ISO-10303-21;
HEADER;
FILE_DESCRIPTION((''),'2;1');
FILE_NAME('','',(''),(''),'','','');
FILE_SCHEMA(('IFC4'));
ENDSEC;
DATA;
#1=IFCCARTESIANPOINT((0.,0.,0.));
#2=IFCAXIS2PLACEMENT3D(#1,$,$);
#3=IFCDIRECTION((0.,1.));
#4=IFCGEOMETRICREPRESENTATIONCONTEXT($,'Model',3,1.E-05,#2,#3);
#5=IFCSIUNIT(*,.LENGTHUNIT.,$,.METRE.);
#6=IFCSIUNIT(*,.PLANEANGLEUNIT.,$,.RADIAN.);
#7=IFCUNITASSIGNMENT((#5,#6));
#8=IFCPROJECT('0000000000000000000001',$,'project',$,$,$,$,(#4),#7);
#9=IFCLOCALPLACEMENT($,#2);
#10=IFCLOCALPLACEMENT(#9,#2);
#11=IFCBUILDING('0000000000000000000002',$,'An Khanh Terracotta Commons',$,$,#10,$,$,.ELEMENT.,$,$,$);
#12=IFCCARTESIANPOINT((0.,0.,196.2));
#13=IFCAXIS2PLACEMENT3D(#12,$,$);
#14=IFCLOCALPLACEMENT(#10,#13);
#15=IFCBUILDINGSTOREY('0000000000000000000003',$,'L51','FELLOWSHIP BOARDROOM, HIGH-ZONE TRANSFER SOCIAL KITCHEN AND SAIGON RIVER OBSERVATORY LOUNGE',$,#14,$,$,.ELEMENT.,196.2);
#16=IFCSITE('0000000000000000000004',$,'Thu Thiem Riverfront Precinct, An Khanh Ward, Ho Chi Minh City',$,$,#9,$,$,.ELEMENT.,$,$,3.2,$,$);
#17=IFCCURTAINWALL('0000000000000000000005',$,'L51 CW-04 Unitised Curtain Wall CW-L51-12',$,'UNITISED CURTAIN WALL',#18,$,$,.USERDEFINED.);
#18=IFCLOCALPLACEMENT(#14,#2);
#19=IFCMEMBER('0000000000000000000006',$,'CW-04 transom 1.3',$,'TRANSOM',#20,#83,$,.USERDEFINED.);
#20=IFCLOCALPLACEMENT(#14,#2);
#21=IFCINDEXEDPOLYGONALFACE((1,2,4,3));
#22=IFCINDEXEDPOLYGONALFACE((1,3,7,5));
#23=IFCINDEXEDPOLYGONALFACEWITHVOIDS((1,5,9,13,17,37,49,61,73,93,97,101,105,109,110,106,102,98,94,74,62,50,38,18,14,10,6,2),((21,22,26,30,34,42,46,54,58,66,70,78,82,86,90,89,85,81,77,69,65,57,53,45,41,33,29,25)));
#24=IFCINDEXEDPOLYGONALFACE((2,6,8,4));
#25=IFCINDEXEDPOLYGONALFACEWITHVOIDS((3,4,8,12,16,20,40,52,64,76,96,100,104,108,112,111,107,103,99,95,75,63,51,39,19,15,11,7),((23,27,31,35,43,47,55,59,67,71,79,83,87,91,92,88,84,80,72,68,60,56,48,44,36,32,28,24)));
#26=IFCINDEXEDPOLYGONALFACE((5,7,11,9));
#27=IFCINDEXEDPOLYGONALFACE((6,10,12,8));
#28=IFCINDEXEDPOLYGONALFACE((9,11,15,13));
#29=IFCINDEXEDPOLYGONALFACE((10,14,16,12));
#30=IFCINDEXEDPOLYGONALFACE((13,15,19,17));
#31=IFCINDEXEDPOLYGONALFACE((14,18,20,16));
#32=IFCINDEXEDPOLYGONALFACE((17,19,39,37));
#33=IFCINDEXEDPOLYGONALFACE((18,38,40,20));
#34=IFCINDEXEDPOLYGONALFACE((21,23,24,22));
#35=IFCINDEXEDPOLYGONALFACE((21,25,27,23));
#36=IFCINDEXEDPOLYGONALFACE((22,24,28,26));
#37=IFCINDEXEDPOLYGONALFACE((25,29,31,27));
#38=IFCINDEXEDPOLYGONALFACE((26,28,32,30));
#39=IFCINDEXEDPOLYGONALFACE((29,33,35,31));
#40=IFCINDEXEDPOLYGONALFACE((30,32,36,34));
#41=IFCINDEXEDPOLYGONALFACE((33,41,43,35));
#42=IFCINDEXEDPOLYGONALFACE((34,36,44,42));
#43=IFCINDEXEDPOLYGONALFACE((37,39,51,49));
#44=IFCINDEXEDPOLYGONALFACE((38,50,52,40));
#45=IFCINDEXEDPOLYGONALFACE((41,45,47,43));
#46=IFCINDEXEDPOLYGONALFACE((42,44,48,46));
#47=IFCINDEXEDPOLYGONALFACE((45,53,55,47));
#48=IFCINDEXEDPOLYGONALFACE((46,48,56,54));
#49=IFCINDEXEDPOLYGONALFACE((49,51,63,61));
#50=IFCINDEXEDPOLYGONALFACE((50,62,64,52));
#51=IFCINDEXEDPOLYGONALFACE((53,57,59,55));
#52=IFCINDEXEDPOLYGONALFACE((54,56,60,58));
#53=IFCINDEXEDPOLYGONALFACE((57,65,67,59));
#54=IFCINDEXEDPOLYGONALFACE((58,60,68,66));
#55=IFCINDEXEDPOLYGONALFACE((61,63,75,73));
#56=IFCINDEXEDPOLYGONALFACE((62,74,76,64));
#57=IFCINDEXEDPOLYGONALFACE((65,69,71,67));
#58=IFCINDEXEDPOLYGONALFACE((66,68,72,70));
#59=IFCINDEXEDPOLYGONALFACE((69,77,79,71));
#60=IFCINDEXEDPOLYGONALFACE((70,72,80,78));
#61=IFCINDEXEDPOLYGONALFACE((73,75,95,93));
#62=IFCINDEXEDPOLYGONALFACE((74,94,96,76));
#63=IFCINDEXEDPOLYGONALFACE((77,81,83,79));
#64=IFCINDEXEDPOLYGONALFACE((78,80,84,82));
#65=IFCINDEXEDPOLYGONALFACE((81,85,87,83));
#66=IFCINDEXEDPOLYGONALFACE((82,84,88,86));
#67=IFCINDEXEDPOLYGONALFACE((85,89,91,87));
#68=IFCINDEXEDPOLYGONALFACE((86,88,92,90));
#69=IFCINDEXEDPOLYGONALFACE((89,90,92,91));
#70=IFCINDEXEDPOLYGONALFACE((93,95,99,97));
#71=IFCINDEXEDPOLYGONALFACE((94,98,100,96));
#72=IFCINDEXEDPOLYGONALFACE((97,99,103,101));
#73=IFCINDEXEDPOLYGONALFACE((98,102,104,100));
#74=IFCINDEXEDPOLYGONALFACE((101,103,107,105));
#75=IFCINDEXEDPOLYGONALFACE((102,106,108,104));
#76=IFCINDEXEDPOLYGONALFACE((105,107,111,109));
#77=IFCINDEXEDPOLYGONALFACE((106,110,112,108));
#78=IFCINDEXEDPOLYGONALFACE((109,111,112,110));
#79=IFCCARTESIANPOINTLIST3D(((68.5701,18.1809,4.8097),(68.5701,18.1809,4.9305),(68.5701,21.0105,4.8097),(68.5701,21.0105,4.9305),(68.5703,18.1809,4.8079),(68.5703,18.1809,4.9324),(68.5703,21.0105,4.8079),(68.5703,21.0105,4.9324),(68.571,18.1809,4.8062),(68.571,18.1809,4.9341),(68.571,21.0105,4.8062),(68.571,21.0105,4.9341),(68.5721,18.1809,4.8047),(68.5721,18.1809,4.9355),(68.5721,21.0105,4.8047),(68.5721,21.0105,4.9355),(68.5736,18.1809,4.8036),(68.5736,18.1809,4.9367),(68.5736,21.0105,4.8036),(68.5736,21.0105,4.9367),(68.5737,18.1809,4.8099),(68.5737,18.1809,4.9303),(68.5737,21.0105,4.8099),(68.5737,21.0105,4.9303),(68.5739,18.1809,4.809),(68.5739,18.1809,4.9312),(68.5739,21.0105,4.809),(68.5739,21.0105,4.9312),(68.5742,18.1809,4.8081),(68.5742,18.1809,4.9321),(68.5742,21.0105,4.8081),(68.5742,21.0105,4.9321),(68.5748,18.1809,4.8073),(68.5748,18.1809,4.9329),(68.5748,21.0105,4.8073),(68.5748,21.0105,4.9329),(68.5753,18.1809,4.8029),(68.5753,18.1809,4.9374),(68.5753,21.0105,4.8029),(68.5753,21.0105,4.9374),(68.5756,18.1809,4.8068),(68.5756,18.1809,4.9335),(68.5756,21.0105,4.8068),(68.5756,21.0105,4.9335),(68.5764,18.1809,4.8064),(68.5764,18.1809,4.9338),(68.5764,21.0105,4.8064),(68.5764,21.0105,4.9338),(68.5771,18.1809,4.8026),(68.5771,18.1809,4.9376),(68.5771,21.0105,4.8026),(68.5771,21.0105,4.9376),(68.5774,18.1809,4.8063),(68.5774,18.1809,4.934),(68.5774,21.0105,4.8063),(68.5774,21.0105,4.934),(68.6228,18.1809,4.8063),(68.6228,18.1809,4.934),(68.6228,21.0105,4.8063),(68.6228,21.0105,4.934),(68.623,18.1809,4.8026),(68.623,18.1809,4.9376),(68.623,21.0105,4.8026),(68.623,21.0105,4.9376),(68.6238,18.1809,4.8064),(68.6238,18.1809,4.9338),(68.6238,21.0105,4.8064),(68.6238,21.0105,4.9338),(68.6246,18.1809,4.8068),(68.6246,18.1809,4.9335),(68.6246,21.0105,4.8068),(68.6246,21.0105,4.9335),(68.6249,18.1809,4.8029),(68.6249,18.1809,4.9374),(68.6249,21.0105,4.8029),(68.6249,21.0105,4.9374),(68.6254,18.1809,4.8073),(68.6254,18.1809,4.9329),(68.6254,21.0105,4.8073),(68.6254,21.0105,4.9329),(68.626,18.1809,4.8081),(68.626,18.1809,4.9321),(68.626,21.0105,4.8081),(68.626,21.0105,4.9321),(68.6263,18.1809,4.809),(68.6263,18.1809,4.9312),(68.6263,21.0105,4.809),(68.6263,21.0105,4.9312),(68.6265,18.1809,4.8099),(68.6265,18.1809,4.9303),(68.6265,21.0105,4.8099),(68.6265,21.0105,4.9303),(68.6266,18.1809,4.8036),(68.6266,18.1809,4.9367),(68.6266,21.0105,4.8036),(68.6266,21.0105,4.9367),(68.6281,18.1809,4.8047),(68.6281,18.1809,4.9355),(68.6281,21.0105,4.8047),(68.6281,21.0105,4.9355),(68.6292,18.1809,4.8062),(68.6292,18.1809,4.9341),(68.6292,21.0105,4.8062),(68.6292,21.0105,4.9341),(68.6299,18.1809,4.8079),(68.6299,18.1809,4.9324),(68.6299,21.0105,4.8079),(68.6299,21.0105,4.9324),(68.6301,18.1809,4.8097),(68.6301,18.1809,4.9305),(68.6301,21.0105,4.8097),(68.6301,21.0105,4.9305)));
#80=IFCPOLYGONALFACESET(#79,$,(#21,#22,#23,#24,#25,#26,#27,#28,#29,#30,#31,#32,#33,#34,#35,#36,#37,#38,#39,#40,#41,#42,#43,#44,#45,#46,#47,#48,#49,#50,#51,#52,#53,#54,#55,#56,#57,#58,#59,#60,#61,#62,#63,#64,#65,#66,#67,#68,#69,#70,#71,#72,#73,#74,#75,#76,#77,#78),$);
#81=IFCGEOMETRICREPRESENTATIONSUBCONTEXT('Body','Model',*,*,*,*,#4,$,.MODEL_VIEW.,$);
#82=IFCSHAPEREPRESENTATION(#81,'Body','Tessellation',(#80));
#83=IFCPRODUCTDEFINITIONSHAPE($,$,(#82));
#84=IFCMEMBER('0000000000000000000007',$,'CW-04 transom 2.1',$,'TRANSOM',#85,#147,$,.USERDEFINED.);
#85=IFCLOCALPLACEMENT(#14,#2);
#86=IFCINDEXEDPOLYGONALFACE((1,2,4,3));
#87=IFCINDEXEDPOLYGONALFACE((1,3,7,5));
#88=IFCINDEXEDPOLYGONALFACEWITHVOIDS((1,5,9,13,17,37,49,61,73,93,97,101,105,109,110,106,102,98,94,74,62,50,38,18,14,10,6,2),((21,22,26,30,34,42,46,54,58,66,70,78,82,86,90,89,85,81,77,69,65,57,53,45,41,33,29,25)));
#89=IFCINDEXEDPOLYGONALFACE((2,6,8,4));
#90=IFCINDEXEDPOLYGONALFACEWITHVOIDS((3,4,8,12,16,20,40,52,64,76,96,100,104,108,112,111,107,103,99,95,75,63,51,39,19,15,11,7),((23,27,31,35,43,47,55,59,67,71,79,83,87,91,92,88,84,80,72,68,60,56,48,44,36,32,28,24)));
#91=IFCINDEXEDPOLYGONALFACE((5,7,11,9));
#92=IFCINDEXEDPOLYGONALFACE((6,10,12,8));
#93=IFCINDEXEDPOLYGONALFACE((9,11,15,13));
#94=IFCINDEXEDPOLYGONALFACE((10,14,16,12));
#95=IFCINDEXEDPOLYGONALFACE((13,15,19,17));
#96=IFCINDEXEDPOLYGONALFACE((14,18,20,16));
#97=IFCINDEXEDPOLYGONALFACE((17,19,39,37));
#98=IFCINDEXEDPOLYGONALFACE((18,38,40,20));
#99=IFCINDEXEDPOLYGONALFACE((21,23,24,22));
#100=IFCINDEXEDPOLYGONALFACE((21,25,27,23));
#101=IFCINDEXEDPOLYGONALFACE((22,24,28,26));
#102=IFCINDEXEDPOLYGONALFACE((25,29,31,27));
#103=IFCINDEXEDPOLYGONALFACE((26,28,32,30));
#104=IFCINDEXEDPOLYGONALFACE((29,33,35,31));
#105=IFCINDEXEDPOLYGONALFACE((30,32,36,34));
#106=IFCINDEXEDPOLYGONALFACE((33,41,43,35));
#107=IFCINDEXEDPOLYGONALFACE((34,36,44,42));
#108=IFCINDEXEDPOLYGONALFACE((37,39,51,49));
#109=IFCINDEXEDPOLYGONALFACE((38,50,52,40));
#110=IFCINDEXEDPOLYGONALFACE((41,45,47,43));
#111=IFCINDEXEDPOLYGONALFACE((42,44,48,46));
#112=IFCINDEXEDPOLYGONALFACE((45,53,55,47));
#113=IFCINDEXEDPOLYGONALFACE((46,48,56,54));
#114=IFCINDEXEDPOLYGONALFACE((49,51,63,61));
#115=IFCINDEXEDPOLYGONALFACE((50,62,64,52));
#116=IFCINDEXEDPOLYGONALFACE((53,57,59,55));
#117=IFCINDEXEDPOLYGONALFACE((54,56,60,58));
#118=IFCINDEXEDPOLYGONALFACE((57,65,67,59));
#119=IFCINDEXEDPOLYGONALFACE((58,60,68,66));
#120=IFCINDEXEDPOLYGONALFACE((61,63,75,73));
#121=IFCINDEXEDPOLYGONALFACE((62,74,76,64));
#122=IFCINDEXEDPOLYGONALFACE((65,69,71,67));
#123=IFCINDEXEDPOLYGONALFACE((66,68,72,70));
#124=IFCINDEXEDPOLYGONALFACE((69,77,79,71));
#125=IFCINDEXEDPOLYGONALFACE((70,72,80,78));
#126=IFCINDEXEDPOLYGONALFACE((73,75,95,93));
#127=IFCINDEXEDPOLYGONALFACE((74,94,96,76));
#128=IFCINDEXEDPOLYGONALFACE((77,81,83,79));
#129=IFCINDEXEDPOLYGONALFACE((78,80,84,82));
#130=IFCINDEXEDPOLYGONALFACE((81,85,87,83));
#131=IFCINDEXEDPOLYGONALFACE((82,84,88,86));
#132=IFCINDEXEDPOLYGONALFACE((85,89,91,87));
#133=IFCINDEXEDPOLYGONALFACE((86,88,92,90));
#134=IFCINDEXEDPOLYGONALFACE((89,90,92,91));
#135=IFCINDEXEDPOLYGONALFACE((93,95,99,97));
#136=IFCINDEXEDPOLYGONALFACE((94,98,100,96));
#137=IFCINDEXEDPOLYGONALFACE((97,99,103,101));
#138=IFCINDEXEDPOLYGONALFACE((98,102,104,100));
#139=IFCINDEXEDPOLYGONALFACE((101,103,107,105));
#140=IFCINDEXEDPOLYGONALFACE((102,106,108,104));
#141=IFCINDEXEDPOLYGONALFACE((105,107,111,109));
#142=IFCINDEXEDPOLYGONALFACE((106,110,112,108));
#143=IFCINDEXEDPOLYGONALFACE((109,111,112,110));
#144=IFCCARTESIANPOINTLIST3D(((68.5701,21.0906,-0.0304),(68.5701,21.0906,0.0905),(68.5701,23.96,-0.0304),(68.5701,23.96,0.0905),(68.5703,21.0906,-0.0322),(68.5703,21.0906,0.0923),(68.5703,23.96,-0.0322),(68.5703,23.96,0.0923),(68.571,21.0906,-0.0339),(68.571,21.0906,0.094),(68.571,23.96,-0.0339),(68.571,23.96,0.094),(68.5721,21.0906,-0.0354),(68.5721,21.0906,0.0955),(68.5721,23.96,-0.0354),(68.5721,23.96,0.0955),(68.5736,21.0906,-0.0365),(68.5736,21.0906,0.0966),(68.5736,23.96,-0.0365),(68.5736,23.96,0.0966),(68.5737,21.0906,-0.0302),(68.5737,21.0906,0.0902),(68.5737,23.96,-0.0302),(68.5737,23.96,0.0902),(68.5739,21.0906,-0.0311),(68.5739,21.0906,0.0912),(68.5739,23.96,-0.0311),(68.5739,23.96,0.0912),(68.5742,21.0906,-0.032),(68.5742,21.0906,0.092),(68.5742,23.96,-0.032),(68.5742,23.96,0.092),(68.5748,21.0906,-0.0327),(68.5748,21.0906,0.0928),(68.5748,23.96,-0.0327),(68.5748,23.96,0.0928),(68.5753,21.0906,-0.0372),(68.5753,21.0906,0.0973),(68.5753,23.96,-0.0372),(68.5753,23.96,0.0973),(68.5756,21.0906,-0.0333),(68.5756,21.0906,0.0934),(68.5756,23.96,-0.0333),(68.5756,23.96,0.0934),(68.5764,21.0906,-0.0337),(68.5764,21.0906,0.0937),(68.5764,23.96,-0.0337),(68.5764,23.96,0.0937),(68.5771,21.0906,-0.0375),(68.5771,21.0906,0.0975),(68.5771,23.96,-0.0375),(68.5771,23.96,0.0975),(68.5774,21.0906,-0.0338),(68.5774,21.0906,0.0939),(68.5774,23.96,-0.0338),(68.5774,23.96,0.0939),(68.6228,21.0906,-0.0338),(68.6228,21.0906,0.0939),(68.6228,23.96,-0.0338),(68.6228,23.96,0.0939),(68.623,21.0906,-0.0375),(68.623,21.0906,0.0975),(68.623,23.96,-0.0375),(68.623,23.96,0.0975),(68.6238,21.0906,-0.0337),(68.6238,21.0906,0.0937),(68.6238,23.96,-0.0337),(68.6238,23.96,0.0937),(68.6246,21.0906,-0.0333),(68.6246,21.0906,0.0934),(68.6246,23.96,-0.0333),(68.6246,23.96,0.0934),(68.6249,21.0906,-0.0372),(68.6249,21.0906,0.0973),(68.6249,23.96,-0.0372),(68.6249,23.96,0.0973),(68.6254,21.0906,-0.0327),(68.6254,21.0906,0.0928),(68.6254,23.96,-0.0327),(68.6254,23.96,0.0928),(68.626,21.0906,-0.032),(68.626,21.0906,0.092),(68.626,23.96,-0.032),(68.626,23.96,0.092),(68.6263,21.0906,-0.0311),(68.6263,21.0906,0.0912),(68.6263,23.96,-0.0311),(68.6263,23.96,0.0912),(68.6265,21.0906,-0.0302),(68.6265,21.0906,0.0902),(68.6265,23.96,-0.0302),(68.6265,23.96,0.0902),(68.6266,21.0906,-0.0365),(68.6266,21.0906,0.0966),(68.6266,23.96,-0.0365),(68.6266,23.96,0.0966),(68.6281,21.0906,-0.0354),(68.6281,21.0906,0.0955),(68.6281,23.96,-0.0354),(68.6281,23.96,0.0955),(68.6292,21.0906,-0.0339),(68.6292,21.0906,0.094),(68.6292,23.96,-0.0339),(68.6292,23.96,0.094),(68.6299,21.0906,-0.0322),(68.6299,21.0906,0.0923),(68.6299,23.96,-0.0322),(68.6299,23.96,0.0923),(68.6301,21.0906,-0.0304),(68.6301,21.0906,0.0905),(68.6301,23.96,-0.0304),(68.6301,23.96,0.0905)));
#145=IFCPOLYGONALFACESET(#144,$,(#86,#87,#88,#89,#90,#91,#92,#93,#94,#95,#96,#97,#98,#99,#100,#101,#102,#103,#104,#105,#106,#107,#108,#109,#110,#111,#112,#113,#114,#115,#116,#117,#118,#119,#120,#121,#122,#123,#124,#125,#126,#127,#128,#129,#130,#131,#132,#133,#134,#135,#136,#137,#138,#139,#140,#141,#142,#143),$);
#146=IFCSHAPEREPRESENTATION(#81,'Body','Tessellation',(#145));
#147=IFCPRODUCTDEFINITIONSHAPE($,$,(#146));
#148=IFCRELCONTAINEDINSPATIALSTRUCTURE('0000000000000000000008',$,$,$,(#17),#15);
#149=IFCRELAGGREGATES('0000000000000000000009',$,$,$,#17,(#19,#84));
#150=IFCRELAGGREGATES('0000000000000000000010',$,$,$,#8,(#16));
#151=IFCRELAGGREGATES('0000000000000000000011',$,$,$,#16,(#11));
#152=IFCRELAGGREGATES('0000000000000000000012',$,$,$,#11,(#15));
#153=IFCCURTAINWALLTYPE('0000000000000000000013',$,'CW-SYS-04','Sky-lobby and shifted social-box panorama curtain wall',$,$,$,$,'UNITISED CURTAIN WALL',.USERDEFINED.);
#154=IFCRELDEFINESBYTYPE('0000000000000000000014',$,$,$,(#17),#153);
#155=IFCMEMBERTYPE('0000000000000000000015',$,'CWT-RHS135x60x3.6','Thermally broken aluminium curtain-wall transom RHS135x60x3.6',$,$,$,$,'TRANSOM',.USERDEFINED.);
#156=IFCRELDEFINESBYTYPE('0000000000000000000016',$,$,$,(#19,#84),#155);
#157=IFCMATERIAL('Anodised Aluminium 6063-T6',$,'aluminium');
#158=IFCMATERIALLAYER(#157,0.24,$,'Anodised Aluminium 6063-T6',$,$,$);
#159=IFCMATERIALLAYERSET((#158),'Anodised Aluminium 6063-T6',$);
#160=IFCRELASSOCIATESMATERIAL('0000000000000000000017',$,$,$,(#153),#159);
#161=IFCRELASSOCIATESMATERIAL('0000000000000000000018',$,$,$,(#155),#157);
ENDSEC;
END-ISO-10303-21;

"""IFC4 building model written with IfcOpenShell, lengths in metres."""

from ifc_helpers import new_model, si_unit, direction, frame, origin, origin_2d, place, context, subcontext, project, spatial, hollow_rectangle, extrude, material, layer, layer_set, material_profile, profile_set, type_object, element, aggregate, save


model = new_model("IFC4")

# Units and contexts
model_context = context("Model", 3, precision=1e-05, world=origin(), true_north=direction((0.0, 1.0)))
body_context = subcontext(model_context, "Body", "Model", "MODEL_VIEW")
ifc_project = project(units=[si_unit("LENGTHUNIT", "METRE"), si_unit("PLANEANGLEUNIT", "RADIAN")], contexts=[model_context])

# Site, building, storey
site_placement = place(None, origin())
site = spatial("IfcSite", under=ifc_project, at=site_placement, Name="Thu Thiem Riverfront Precinct, An Khanh Ward, Ho Chi Minh City", CompositionType="ELEMENT", RefElevation=3.2)
building_placement = place(site_placement, origin())
building = spatial("IfcBuilding", under=site, at=building_placement, Name="An Khanh Terracotta Commons", CompositionType="ELEMENT")
storey_placement = place(building_placement, frame((0.0, 0.0, 196.2)))
storey = spatial("IfcBuildingStorey", under=building, at=storey_placement, Name="L51", Description="FELLOWSHIP BOARDROOM, HIGH-ZONE TRANSFER SOCIAL KITCHEN AND SAIGON RIVER OBSERVATORY LOUNGE", CompositionType="ELEMENT", Elevation=196.2)

# Shared definitions
ifc_material_1 = material(Name="Anodised Aluminium 6063-T6", Category="aluminium")
ifc_layer_1 = layer(ifc_material_1, 0.24, Name="Anodised Aluminium 6063-T6")
ifc_layer_set_1 = layer_set([ifc_layer_1], Name="Anodised Aluminium 6063-T6")
curtain_wall_type = type_object("IfcCurtainWallType", Name="CW-SYS-04", Description="Sky-lobby and shifted social-box panorama curtain wall", ElementType="UNITISED CURTAIN WALL", PredefinedType="USERDEFINED", material=ifc_layer_set_1)

# Curtain wall
curtain_wall_1_placement = place(storey_placement, origin())
curtain_wall_1 = element("IfcCurtainWall", 1, at=curtain_wall_1_placement, inside=storey, type_object=curtain_wall_type, Name="L51 CW-04 Unitised Curtain Wall CW-L51-12", ObjectType="UNITISED CURTAIN WALL", PredefinedType="USERDEFINED")

# Members
ifc_material_profile_1 = material_profile(ifc_material_1, hollow_rectangle(XDim=0.0601, YDim=0.135, WallThickness=0.0037, InnerFilletRadius=0.0037, OuterFilletRadius=0.0071, at=origin_2d()), Name="RHS135x60x3.6")
ifc_profile_set_1 = profile_set([ifc_material_profile_1], Name="Anodised Aluminium 6063-T6")
member_type_1 = type_object("IfcMemberType", Name="CWT-RHS135x60x3.6", Description="Thermally broken aluminium curtain-wall transom RHS135x60x3.6", ElementType="TRANSOM", PredefinedType="USERDEFINED", material=ifc_profile_set_1)
member_1_placement = place(storey_placement, frame((68.6001, 18.1809, 4.8701), z_axis=(0.0, 1.0, 0.0), x_axis=(-1.0, 0.0, 0.0)))
member_1 = element("IfcMember", 2, at=member_1_placement, type_object=member_type_1, Name="CW-04 transom 1.3", ObjectType="TRANSOM", PredefinedType="USERDEFINED", context=body_context, shape_type="SweptSolid", body=[
    extrude(hollow_rectangle(XDim=0.0601, YDim=0.135, WallThickness=0.0037, InnerFilletRadius=0.0037, OuterFilletRadius=0.0071, at=origin_2d()), origin(), (0.0, 0.0, 1.0), 2.8296),
])
member_2_placement = place(storey_placement, frame((68.6001, 21.0906, 0.03), z_axis=(0.0, 1.0, 0.0), x_axis=(-1.0, 0.0, 0.0)))
member_2 = element("IfcMember", 3, at=member_2_placement, type_object=member_type_1, Name="CW-04 transom 2.1", ObjectType="TRANSOM", PredefinedType="USERDEFINED", context=body_context, shape_type="SweptSolid", body=[
    extrude(hollow_rectangle(XDim=0.0601, YDim=0.135, WallThickness=0.0037, InnerFilletRadius=0.0037, OuterFilletRadius=0.0071, at=origin_2d()), origin(), (0.0, 0.0, 1.0), 2.8694),
])

aggregate(curtain_wall_1, [member_1, member_2])

save(model, "model.ifc")
